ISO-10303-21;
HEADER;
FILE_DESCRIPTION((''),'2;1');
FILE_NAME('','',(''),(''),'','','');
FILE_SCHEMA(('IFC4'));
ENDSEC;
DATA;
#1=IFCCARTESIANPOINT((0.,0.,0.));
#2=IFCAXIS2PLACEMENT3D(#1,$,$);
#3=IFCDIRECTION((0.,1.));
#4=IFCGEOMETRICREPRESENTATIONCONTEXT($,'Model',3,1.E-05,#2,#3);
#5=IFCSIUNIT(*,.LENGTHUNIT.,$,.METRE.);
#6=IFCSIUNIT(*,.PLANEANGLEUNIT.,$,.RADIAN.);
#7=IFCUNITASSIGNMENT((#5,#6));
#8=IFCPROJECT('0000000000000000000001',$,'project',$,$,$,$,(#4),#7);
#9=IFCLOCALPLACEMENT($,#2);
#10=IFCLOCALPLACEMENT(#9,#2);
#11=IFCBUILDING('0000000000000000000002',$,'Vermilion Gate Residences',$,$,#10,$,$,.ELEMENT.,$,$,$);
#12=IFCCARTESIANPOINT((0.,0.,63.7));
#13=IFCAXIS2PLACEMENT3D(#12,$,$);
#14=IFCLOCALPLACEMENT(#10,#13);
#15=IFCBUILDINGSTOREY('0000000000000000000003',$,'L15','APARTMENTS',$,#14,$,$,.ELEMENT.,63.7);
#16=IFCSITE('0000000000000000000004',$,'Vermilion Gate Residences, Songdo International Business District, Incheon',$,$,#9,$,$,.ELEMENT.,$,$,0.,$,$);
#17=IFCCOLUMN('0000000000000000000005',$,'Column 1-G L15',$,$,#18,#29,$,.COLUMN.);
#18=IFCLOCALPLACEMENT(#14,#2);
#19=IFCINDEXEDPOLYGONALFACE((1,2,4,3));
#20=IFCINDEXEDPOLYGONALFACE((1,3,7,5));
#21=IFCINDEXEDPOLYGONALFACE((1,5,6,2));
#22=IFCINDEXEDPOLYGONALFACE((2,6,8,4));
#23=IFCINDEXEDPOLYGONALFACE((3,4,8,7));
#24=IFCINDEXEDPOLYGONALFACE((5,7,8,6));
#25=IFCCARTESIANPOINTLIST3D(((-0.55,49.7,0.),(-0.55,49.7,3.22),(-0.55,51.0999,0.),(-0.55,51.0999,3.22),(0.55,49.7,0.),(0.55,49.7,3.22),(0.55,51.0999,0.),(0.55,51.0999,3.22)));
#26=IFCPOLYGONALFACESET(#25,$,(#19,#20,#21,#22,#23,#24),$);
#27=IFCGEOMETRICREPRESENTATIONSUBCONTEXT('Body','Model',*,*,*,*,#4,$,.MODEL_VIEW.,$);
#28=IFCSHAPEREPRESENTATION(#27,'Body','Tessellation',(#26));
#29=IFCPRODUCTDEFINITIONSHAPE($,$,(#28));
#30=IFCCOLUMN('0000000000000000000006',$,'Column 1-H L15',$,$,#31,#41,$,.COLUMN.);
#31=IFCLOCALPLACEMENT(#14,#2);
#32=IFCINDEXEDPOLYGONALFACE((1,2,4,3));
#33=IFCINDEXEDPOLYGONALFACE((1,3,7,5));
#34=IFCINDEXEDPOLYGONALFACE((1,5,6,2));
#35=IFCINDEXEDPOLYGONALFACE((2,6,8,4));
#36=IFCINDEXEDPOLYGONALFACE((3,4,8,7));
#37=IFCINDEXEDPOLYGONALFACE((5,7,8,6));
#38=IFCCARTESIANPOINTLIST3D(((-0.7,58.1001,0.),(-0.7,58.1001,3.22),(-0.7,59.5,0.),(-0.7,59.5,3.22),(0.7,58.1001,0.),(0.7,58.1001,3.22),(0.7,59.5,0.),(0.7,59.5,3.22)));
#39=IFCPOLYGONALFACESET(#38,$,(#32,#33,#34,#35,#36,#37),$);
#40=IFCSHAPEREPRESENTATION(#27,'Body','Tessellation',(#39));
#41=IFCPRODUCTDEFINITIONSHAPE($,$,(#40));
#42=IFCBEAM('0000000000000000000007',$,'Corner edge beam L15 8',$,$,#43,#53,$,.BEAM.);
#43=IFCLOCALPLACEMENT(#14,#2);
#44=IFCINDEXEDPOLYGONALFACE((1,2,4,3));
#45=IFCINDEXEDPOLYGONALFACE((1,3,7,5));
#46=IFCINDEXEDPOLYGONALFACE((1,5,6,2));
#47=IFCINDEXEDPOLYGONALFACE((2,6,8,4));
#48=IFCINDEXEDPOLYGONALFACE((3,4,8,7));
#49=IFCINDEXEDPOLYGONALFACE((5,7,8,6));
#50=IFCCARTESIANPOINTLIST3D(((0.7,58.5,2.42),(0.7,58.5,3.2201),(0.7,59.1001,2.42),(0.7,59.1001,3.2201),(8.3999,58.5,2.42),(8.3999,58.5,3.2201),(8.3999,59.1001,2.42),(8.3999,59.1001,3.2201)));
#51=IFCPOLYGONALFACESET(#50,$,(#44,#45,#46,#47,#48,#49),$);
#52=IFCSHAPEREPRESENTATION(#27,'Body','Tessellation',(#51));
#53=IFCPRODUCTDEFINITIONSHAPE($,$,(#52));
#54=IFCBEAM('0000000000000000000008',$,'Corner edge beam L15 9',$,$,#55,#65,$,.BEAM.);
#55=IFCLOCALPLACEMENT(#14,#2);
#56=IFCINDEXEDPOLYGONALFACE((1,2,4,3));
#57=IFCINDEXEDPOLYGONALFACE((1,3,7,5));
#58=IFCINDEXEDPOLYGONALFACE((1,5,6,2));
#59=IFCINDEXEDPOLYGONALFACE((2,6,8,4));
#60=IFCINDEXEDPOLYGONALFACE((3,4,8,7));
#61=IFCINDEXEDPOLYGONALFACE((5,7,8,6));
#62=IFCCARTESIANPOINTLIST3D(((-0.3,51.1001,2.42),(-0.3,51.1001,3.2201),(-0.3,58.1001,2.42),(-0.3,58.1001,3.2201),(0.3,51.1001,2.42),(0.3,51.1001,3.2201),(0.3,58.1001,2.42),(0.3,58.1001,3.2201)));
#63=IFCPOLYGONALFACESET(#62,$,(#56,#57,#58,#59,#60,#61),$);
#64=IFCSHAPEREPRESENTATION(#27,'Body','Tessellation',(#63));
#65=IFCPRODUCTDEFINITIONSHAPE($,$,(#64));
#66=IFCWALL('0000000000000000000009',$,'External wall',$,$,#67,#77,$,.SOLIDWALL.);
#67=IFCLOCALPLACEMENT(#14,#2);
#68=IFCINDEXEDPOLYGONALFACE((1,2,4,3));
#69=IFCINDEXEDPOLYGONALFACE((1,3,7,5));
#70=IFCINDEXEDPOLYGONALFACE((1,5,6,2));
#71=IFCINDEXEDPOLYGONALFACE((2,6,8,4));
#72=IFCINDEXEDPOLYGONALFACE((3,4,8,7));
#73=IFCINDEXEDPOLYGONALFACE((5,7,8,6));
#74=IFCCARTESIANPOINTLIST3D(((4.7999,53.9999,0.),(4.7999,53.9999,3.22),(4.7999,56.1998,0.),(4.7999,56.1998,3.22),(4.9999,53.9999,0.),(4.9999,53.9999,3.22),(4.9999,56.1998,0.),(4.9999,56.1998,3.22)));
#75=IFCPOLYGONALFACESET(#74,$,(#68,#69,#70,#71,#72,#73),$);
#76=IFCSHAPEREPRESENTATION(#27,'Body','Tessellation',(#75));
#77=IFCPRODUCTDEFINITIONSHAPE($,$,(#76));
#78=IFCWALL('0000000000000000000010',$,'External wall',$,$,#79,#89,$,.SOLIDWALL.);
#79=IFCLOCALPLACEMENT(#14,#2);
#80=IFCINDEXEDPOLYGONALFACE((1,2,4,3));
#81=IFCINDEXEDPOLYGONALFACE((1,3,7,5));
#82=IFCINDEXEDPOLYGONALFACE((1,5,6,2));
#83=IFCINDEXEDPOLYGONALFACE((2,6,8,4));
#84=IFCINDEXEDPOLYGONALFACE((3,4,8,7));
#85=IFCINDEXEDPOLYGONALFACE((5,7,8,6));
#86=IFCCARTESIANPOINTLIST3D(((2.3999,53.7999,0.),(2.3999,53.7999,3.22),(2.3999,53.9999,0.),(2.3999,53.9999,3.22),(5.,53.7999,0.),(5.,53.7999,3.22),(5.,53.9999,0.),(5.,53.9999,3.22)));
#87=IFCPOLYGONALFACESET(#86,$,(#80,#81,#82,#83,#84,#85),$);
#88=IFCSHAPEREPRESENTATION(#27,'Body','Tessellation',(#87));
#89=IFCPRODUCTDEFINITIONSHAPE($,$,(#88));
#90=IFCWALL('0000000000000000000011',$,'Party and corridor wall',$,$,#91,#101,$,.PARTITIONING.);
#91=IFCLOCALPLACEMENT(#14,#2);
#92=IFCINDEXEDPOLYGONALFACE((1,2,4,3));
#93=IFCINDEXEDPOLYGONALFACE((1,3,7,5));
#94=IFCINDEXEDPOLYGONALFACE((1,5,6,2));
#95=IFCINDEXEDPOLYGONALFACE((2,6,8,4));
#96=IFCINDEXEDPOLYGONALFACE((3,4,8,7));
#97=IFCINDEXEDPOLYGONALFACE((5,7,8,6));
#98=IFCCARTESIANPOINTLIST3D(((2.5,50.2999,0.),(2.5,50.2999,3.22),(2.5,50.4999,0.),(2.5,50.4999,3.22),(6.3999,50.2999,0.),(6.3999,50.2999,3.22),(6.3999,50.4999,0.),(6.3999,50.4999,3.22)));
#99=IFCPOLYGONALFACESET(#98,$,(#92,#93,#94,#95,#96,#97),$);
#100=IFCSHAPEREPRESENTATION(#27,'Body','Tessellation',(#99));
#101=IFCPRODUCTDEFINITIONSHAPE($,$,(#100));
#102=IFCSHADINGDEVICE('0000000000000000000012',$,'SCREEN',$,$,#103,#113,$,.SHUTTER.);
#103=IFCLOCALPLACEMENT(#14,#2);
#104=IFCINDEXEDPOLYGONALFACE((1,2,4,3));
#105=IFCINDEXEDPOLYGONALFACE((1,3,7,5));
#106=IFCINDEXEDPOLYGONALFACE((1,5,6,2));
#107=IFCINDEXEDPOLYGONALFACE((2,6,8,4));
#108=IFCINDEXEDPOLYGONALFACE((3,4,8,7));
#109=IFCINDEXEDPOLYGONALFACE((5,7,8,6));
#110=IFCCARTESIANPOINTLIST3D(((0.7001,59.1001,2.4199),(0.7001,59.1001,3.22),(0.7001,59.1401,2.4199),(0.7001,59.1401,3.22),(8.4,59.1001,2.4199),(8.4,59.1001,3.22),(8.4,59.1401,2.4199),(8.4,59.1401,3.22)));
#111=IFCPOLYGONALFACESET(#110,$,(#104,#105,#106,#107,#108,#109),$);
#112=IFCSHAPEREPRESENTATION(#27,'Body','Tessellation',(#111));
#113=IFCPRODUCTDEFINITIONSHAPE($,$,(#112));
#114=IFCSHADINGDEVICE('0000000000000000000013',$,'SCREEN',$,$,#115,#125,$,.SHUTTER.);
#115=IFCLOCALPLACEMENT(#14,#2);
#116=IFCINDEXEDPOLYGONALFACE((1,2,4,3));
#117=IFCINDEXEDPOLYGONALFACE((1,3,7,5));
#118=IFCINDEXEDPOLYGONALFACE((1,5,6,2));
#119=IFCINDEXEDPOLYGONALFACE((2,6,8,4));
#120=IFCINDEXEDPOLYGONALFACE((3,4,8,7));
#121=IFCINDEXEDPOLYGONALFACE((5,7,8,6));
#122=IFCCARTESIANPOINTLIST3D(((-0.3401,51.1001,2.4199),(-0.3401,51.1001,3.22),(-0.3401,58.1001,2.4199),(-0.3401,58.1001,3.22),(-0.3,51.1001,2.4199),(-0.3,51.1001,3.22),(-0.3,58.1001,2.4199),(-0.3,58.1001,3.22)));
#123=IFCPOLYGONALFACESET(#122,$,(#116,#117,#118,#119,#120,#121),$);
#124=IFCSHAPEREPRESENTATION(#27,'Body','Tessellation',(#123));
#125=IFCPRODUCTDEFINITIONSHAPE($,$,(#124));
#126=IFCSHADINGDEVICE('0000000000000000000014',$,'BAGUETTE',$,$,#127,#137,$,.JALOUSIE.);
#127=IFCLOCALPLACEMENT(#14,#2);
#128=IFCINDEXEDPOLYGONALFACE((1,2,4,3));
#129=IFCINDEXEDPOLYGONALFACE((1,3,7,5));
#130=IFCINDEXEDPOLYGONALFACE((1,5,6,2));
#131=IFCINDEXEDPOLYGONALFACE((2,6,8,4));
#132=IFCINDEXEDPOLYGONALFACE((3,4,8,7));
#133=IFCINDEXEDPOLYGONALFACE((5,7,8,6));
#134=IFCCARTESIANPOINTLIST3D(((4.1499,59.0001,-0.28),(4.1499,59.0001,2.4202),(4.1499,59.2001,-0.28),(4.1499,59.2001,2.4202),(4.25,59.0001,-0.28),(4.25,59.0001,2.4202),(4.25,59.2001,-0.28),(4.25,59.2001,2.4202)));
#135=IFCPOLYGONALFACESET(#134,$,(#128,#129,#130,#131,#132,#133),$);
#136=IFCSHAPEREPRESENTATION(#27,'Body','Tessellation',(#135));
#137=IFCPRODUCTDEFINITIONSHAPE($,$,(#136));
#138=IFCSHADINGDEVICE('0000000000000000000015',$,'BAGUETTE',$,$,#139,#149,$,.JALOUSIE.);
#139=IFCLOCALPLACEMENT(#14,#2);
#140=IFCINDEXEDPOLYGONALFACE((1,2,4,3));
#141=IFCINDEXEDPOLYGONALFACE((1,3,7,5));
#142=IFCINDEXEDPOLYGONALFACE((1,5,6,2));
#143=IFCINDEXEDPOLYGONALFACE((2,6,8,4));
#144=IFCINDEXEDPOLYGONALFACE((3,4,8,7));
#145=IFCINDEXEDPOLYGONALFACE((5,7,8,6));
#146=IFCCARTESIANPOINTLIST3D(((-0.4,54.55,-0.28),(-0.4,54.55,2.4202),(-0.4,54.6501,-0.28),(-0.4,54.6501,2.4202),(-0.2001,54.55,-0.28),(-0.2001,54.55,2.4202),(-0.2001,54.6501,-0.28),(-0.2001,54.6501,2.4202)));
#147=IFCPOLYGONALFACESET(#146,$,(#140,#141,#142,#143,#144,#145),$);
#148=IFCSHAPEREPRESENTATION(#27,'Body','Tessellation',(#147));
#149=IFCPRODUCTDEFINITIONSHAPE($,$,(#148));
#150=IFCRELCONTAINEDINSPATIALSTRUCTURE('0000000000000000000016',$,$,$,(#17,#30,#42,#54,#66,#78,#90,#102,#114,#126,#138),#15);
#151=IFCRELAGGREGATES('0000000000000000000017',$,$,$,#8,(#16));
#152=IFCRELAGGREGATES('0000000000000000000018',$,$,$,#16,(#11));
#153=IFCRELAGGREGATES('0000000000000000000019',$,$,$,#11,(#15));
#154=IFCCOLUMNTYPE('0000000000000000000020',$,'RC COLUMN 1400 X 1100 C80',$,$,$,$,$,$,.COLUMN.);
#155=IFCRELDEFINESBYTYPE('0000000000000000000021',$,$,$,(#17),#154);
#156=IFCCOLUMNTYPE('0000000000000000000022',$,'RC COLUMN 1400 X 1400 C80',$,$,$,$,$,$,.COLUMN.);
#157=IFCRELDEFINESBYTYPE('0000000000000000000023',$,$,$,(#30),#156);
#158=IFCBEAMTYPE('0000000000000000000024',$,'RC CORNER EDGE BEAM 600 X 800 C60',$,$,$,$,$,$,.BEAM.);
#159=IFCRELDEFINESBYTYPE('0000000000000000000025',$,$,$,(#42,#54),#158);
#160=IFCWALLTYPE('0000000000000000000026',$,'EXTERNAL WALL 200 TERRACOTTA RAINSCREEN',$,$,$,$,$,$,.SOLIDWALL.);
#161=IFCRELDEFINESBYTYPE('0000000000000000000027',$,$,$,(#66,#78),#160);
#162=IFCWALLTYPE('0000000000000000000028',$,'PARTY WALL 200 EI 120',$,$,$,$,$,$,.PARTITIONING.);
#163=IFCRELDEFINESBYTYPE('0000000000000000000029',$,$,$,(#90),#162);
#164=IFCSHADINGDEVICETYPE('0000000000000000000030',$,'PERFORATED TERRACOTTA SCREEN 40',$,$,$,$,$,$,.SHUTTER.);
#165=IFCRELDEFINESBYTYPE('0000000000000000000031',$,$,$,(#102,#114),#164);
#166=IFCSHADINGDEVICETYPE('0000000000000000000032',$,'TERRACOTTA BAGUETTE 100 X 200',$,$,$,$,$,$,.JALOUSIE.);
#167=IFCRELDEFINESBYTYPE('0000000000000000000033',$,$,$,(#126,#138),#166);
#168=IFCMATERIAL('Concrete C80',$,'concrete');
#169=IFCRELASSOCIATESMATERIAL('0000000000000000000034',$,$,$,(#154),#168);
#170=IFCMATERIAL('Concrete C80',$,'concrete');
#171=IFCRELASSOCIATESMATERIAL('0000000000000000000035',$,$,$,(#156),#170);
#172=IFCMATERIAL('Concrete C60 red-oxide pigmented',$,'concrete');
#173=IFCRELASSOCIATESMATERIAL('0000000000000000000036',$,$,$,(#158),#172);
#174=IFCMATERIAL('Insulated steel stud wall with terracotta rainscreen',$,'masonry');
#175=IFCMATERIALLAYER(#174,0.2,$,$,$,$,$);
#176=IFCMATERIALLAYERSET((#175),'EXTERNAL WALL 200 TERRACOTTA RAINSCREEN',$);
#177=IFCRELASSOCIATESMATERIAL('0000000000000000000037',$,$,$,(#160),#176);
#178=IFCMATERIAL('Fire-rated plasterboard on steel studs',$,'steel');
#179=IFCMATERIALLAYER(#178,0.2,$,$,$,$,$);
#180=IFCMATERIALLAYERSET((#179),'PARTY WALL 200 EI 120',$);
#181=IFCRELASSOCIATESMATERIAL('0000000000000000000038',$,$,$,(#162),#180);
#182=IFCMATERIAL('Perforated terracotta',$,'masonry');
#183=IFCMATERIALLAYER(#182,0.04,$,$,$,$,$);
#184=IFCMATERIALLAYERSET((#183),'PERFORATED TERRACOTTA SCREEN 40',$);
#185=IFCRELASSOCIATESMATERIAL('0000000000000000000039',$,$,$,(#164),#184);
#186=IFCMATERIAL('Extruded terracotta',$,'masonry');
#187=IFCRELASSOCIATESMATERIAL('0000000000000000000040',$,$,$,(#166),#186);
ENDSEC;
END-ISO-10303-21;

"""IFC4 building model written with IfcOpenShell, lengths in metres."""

from ifc_helpers import new_model, si_unit, direction, frame, frame_2d, origin, origin_2d, place, context, subcontext, project, spatial, rectangle, extrude, material, layer, layer_set, material_profile, profile_set, type_object, element, save


model = new_model("IFC4")

# Units and contexts
model_context = context("Model", 3, precision=1e-05, world=origin(), true_north=direction((0.0, 1.0)))
body_context = subcontext(model_context, "Body", "Model", "MODEL_VIEW")
ifc_project = project(units=[si_unit("LENGTHUNIT", "METRE"), si_unit("PLANEANGLEUNIT", "RADIAN")], contexts=[model_context])

# Site, building, storey
site_placement = place(None, origin())
site = spatial("IfcSite", under=ifc_project, at=site_placement, Name="Vermilion Gate Residences, Songdo International Business District, Incheon", CompositionType="ELEMENT", RefElevation=0.0)
building_placement = place(site_placement, origin())
building = spatial("IfcBuilding", under=site, at=building_placement, Name="Vermilion Gate Residences", CompositionType="ELEMENT")
storey_placement = place(building_placement, frame((0.0, 0.0, 63.7)))
storey = spatial("IfcBuildingStorey", under=building, at=storey_placement, Name="L15", Description="APARTMENTS", CompositionType="ELEMENT", Elevation=63.7)

# Columns
ifc_material_1 = material(Name="Concrete C80", Category="concrete")
ifc_material_profile_1 = material_profile(ifc_material_1, rectangle(XDim=1.3999, YDim=1.1001, at=origin_2d()), Name="RC-1400x1100")
ifc_profile_set_1 = profile_set([ifc_material_profile_1], Name="Concrete C80")
column_type_1 = type_object("IfcColumnType", Name="RC COLUMN 1400 X 1100 C80", PredefinedType="COLUMN", material=ifc_profile_set_1)
column_1_placement = place(storey_placement, frame((0.0, 50.3999, 0.0), z_axis=(0.0, 0.0, 1.0), x_axis=(0.0, 1.0, 0.0)))
element("IfcColumn", 1, at=column_1_placement, inside=storey, type_object=column_type_1, Name="Column 1-G L15", PredefinedType="COLUMN", context=body_context, shape_type="SweptSolid", body=[
    extrude(rectangle(XDim=1.3999, YDim=1.1001, at=origin_2d()), origin(), (0.0, 0.0, 1.0), 3.22),
])
ifc_material_2 = material(Name="Concrete C80", Category="concrete")
ifc_material_profile_2 = material_profile(ifc_material_2, rectangle(XDim=1.3999, YDim=1.3999, at=origin_2d()), Name="RC-1400x1400")
ifc_profile_set_2 = profile_set([ifc_material_profile_2], Name="Concrete C80")
column_type_2 = type_object("IfcColumnType", Name="RC COLUMN 1400 X 1400 C80", PredefinedType="COLUMN", material=ifc_profile_set_2)
column_2_placement = place(storey_placement, frame((0.0, 58.8, 0.0), z_axis=(0.0, 0.0, 1.0), x_axis=(1.0, 0.0, 0.0)))
element("IfcColumn", 2, at=column_2_placement, inside=storey, type_object=column_type_2, Name="Column 1-H L15", PredefinedType="COLUMN", context=body_context, shape_type="SweptSolid", body=[
    extrude(rectangle(XDim=1.3999, YDim=1.3999, at=origin_2d()), origin(), (0.0, 0.0, 1.0), 3.22),
])

# Beams
ifc_material_3 = material(Name="Concrete C60 red-oxide pigmented", Category="concrete")
ifc_material_profile_3 = material_profile(ifc_material_3, rectangle(XDim=0.6001, YDim=0.8, at=origin_2d()), Name="RC-600x800")
ifc_profile_set_3 = profile_set([ifc_material_profile_3], Name="Concrete C60 red-oxide pigmented")
beam_type = type_object("IfcBeamType", Name="RC CORNER EDGE BEAM 600 X 800 C60", PredefinedType="BEAM", material=ifc_profile_set_3)
beam_1_placement = place(storey_placement, frame((0.7, 58.8, 2.8201), z_axis=(1.0, 0.0, 0.0), x_axis=(0.0, 1.0, 0.0)))
element("IfcBeam", 3, at=beam_1_placement, inside=storey, type_object=beam_type, Name="Corner edge beam L15 8", PredefinedType="BEAM", context=body_context, shape_type="SweptSolid", body=[
    extrude(rectangle(XDim=0.6001, YDim=0.8, at=origin_2d()), origin(), (0.0, 0.0, 1.0), 7.7),
])
beam_2_placement = place(storey_placement, frame((0.0, 51.1001, 2.8201), z_axis=(0.0, 1.0, 0.0), x_axis=(-1.0, 0.0, 0.0)))
element("IfcBeam", 4, at=beam_2_placement, inside=storey, type_object=beam_type, Name="Corner edge beam L15 9", PredefinedType="BEAM", context=body_context, shape_type="SweptSolid", body=[
    extrude(rectangle(XDim=0.6001, YDim=0.8, at=origin_2d()), origin(), (0.0, 0.0, 1.0), 7.0),
])

# Walls
ifc_material_4 = material(Name="Insulated steel stud wall with terracotta rainscreen", Category="masonry")
ifc_layer_1 = layer(ifc_material_4, 0.2)
ifc_layer_set_1 = layer_set([ifc_layer_1], Name="EXTERNAL WALL 200 TERRACOTTA RAINSCREEN")
wall_type_1 = type_object("IfcWallType", Name="EXTERNAL WALL 200 TERRACOTTA RAINSCREEN", PredefinedType="SOLIDWALL", material=ifc_layer_set_1)
wall_1_placement = place(storey_placement, frame((4.8999, 56.2, 0.0), z_axis=(0.0, 0.0, 1.0), x_axis=(0.0, -1.0, 0.0)))
element("IfcWall", 5, at=wall_1_placement, inside=storey, type_object=wall_type_1, Name="External wall", PredefinedType="SOLIDWALL", context=body_context, shape_type="SweptSolid", body=[
    extrude(rectangle(XDim=2.2, YDim=0.2, at=frame_2d((1.1001, 0.0))), origin(), (0.0, 0.0, 1.0), 3.22),
])
wall_2_placement = place(storey_placement, frame((5.0, 53.8999, 0.0), z_axis=(0.0, 0.0, 1.0), x_axis=(-1.0, 0.0, 0.0)))
element("IfcWall", 6, at=wall_2_placement, inside=storey, type_object=wall_type_1, Name="External wall", PredefinedType="SOLIDWALL", context=body_context, shape_type="SweptSolid", body=[
    extrude(rectangle(XDim=2.6001, YDim=0.2, at=frame_2d((1.3, 0.0))), origin(), (0.0, 0.0, 1.0), 3.22),
])

# Wall
ifc_material_5 = material(Name="Fire-rated plasterboard on steel studs", Category="steel")
ifc_layer_2 = layer(ifc_material_5, 0.2)
ifc_layer_set_2 = layer_set([ifc_layer_2], Name="PARTY WALL 200 EI 120")
wall_type_2 = type_object("IfcWallType", Name="PARTY WALL 200 EI 120", PredefinedType="PARTITIONING", material=ifc_layer_set_2)
wall_3_placement = place(storey_placement, frame((2.5, 50.3999, 0.0), z_axis=(0.0, 0.0, 1.0), x_axis=(1.0, 0.0, 0.0)))
element("IfcWall", 7, at=wall_3_placement, inside=storey, type_object=wall_type_2, Name="Party and corridor wall", PredefinedType="PARTITIONING", context=body_context, shape_type="SweptSolid", body=[
    extrude(rectangle(XDim=3.8999, YDim=0.2, at=frame_2d((1.95, 0.0))), origin(), (0.0, 0.0, 1.0), 3.22),
])

# Shading devices
ifc_material_6 = material(Name="Perforated terracotta", Category="masonry")
ifc_layer_3 = layer(ifc_material_6, 0.04)
ifc_layer_set_3 = layer_set([ifc_layer_3], Name="PERFORATED TERRACOTTA SCREEN 40")
shading_device_type_1 = type_object("IfcShadingDeviceType", Name="PERFORATED TERRACOTTA SCREEN 40", PredefinedType="SHUTTER", material=ifc_layer_set_3)
shading_device_1_placement = place(storey_placement, frame((4.55, 59.1201, 2.4199), z_axis=(0.0, 0.0, 1.0), x_axis=(-1.0, 0.0, 0.0)))
element("IfcShadingDevice", 8, at=shading_device_1_placement, inside=storey, type_object=shading_device_type_1, Name="SCREEN", PredefinedType="SHUTTER", context=body_context, shape_type="SweptSolid", body=[
    extrude(rectangle(XDim=7.7, YDim=0.04, at=origin_2d()), origin(), (0.0, 0.0, 1.0), 0.8),
])
shading_device_2_placement = place(storey_placement, frame((-0.3201, 54.6001, 2.4199), z_axis=(0.0, 0.0, 1.0), x_axis=(0.0, -1.0, 0.0)))
element("IfcShadingDevice", 9, at=shading_device_2_placement, inside=storey, type_object=shading_device_type_1, Name="SCREEN", PredefinedType="SHUTTER", context=body_context, shape_type="SweptSolid", body=[
    extrude(rectangle(XDim=7.0, YDim=0.04, at=origin_2d()), origin(), (0.0, 0.0, 1.0), 0.8),
])
ifc_material_7 = material(Name="Extruded terracotta", Category="masonry")
ifc_material_profile_4 = material_profile(ifc_material_7, rectangle(XDim=0.2, YDim=0.1001, at=origin_2d()), Name="BAGUETTE 100 X 200")
ifc_profile_set_4 = profile_set([ifc_material_profile_4], Name="Extruded terracotta")
shading_device_type_2 = type_object("IfcShadingDeviceType", Name="TERRACOTTA BAGUETTE 100 X 200", PredefinedType="JALOUSIE", material=ifc_profile_set_4)
for number, where, z_axis, x_axis, name in (
    (10, (4.2, 59.1001, -0.28), (0.0, 0.0, 1.0), (0.0, -1.0, 0.0), "BAGUETTE"),
    (11, (-0.3, 54.6001, -0.28), (0.0, 0.0, 1.0), (1.0, 0.0, 0.0), "BAGUETTE"),
):
    element("IfcShadingDevice", number, at=place(storey_placement, frame(where, z_axis=z_axis, x_axis=x_axis)), inside=storey, type_object=shading_device_type_2, Name=name, PredefinedType="JALOUSIE", context=body_context, shape_type="SweptSolid", body=[
        extrude(rectangle(XDim=0.2, YDim=0.1001, at=origin_2d()), origin(), (0.0, 0.0, 1.0), 2.7002),
    ])

save(model, "model.ifc")
